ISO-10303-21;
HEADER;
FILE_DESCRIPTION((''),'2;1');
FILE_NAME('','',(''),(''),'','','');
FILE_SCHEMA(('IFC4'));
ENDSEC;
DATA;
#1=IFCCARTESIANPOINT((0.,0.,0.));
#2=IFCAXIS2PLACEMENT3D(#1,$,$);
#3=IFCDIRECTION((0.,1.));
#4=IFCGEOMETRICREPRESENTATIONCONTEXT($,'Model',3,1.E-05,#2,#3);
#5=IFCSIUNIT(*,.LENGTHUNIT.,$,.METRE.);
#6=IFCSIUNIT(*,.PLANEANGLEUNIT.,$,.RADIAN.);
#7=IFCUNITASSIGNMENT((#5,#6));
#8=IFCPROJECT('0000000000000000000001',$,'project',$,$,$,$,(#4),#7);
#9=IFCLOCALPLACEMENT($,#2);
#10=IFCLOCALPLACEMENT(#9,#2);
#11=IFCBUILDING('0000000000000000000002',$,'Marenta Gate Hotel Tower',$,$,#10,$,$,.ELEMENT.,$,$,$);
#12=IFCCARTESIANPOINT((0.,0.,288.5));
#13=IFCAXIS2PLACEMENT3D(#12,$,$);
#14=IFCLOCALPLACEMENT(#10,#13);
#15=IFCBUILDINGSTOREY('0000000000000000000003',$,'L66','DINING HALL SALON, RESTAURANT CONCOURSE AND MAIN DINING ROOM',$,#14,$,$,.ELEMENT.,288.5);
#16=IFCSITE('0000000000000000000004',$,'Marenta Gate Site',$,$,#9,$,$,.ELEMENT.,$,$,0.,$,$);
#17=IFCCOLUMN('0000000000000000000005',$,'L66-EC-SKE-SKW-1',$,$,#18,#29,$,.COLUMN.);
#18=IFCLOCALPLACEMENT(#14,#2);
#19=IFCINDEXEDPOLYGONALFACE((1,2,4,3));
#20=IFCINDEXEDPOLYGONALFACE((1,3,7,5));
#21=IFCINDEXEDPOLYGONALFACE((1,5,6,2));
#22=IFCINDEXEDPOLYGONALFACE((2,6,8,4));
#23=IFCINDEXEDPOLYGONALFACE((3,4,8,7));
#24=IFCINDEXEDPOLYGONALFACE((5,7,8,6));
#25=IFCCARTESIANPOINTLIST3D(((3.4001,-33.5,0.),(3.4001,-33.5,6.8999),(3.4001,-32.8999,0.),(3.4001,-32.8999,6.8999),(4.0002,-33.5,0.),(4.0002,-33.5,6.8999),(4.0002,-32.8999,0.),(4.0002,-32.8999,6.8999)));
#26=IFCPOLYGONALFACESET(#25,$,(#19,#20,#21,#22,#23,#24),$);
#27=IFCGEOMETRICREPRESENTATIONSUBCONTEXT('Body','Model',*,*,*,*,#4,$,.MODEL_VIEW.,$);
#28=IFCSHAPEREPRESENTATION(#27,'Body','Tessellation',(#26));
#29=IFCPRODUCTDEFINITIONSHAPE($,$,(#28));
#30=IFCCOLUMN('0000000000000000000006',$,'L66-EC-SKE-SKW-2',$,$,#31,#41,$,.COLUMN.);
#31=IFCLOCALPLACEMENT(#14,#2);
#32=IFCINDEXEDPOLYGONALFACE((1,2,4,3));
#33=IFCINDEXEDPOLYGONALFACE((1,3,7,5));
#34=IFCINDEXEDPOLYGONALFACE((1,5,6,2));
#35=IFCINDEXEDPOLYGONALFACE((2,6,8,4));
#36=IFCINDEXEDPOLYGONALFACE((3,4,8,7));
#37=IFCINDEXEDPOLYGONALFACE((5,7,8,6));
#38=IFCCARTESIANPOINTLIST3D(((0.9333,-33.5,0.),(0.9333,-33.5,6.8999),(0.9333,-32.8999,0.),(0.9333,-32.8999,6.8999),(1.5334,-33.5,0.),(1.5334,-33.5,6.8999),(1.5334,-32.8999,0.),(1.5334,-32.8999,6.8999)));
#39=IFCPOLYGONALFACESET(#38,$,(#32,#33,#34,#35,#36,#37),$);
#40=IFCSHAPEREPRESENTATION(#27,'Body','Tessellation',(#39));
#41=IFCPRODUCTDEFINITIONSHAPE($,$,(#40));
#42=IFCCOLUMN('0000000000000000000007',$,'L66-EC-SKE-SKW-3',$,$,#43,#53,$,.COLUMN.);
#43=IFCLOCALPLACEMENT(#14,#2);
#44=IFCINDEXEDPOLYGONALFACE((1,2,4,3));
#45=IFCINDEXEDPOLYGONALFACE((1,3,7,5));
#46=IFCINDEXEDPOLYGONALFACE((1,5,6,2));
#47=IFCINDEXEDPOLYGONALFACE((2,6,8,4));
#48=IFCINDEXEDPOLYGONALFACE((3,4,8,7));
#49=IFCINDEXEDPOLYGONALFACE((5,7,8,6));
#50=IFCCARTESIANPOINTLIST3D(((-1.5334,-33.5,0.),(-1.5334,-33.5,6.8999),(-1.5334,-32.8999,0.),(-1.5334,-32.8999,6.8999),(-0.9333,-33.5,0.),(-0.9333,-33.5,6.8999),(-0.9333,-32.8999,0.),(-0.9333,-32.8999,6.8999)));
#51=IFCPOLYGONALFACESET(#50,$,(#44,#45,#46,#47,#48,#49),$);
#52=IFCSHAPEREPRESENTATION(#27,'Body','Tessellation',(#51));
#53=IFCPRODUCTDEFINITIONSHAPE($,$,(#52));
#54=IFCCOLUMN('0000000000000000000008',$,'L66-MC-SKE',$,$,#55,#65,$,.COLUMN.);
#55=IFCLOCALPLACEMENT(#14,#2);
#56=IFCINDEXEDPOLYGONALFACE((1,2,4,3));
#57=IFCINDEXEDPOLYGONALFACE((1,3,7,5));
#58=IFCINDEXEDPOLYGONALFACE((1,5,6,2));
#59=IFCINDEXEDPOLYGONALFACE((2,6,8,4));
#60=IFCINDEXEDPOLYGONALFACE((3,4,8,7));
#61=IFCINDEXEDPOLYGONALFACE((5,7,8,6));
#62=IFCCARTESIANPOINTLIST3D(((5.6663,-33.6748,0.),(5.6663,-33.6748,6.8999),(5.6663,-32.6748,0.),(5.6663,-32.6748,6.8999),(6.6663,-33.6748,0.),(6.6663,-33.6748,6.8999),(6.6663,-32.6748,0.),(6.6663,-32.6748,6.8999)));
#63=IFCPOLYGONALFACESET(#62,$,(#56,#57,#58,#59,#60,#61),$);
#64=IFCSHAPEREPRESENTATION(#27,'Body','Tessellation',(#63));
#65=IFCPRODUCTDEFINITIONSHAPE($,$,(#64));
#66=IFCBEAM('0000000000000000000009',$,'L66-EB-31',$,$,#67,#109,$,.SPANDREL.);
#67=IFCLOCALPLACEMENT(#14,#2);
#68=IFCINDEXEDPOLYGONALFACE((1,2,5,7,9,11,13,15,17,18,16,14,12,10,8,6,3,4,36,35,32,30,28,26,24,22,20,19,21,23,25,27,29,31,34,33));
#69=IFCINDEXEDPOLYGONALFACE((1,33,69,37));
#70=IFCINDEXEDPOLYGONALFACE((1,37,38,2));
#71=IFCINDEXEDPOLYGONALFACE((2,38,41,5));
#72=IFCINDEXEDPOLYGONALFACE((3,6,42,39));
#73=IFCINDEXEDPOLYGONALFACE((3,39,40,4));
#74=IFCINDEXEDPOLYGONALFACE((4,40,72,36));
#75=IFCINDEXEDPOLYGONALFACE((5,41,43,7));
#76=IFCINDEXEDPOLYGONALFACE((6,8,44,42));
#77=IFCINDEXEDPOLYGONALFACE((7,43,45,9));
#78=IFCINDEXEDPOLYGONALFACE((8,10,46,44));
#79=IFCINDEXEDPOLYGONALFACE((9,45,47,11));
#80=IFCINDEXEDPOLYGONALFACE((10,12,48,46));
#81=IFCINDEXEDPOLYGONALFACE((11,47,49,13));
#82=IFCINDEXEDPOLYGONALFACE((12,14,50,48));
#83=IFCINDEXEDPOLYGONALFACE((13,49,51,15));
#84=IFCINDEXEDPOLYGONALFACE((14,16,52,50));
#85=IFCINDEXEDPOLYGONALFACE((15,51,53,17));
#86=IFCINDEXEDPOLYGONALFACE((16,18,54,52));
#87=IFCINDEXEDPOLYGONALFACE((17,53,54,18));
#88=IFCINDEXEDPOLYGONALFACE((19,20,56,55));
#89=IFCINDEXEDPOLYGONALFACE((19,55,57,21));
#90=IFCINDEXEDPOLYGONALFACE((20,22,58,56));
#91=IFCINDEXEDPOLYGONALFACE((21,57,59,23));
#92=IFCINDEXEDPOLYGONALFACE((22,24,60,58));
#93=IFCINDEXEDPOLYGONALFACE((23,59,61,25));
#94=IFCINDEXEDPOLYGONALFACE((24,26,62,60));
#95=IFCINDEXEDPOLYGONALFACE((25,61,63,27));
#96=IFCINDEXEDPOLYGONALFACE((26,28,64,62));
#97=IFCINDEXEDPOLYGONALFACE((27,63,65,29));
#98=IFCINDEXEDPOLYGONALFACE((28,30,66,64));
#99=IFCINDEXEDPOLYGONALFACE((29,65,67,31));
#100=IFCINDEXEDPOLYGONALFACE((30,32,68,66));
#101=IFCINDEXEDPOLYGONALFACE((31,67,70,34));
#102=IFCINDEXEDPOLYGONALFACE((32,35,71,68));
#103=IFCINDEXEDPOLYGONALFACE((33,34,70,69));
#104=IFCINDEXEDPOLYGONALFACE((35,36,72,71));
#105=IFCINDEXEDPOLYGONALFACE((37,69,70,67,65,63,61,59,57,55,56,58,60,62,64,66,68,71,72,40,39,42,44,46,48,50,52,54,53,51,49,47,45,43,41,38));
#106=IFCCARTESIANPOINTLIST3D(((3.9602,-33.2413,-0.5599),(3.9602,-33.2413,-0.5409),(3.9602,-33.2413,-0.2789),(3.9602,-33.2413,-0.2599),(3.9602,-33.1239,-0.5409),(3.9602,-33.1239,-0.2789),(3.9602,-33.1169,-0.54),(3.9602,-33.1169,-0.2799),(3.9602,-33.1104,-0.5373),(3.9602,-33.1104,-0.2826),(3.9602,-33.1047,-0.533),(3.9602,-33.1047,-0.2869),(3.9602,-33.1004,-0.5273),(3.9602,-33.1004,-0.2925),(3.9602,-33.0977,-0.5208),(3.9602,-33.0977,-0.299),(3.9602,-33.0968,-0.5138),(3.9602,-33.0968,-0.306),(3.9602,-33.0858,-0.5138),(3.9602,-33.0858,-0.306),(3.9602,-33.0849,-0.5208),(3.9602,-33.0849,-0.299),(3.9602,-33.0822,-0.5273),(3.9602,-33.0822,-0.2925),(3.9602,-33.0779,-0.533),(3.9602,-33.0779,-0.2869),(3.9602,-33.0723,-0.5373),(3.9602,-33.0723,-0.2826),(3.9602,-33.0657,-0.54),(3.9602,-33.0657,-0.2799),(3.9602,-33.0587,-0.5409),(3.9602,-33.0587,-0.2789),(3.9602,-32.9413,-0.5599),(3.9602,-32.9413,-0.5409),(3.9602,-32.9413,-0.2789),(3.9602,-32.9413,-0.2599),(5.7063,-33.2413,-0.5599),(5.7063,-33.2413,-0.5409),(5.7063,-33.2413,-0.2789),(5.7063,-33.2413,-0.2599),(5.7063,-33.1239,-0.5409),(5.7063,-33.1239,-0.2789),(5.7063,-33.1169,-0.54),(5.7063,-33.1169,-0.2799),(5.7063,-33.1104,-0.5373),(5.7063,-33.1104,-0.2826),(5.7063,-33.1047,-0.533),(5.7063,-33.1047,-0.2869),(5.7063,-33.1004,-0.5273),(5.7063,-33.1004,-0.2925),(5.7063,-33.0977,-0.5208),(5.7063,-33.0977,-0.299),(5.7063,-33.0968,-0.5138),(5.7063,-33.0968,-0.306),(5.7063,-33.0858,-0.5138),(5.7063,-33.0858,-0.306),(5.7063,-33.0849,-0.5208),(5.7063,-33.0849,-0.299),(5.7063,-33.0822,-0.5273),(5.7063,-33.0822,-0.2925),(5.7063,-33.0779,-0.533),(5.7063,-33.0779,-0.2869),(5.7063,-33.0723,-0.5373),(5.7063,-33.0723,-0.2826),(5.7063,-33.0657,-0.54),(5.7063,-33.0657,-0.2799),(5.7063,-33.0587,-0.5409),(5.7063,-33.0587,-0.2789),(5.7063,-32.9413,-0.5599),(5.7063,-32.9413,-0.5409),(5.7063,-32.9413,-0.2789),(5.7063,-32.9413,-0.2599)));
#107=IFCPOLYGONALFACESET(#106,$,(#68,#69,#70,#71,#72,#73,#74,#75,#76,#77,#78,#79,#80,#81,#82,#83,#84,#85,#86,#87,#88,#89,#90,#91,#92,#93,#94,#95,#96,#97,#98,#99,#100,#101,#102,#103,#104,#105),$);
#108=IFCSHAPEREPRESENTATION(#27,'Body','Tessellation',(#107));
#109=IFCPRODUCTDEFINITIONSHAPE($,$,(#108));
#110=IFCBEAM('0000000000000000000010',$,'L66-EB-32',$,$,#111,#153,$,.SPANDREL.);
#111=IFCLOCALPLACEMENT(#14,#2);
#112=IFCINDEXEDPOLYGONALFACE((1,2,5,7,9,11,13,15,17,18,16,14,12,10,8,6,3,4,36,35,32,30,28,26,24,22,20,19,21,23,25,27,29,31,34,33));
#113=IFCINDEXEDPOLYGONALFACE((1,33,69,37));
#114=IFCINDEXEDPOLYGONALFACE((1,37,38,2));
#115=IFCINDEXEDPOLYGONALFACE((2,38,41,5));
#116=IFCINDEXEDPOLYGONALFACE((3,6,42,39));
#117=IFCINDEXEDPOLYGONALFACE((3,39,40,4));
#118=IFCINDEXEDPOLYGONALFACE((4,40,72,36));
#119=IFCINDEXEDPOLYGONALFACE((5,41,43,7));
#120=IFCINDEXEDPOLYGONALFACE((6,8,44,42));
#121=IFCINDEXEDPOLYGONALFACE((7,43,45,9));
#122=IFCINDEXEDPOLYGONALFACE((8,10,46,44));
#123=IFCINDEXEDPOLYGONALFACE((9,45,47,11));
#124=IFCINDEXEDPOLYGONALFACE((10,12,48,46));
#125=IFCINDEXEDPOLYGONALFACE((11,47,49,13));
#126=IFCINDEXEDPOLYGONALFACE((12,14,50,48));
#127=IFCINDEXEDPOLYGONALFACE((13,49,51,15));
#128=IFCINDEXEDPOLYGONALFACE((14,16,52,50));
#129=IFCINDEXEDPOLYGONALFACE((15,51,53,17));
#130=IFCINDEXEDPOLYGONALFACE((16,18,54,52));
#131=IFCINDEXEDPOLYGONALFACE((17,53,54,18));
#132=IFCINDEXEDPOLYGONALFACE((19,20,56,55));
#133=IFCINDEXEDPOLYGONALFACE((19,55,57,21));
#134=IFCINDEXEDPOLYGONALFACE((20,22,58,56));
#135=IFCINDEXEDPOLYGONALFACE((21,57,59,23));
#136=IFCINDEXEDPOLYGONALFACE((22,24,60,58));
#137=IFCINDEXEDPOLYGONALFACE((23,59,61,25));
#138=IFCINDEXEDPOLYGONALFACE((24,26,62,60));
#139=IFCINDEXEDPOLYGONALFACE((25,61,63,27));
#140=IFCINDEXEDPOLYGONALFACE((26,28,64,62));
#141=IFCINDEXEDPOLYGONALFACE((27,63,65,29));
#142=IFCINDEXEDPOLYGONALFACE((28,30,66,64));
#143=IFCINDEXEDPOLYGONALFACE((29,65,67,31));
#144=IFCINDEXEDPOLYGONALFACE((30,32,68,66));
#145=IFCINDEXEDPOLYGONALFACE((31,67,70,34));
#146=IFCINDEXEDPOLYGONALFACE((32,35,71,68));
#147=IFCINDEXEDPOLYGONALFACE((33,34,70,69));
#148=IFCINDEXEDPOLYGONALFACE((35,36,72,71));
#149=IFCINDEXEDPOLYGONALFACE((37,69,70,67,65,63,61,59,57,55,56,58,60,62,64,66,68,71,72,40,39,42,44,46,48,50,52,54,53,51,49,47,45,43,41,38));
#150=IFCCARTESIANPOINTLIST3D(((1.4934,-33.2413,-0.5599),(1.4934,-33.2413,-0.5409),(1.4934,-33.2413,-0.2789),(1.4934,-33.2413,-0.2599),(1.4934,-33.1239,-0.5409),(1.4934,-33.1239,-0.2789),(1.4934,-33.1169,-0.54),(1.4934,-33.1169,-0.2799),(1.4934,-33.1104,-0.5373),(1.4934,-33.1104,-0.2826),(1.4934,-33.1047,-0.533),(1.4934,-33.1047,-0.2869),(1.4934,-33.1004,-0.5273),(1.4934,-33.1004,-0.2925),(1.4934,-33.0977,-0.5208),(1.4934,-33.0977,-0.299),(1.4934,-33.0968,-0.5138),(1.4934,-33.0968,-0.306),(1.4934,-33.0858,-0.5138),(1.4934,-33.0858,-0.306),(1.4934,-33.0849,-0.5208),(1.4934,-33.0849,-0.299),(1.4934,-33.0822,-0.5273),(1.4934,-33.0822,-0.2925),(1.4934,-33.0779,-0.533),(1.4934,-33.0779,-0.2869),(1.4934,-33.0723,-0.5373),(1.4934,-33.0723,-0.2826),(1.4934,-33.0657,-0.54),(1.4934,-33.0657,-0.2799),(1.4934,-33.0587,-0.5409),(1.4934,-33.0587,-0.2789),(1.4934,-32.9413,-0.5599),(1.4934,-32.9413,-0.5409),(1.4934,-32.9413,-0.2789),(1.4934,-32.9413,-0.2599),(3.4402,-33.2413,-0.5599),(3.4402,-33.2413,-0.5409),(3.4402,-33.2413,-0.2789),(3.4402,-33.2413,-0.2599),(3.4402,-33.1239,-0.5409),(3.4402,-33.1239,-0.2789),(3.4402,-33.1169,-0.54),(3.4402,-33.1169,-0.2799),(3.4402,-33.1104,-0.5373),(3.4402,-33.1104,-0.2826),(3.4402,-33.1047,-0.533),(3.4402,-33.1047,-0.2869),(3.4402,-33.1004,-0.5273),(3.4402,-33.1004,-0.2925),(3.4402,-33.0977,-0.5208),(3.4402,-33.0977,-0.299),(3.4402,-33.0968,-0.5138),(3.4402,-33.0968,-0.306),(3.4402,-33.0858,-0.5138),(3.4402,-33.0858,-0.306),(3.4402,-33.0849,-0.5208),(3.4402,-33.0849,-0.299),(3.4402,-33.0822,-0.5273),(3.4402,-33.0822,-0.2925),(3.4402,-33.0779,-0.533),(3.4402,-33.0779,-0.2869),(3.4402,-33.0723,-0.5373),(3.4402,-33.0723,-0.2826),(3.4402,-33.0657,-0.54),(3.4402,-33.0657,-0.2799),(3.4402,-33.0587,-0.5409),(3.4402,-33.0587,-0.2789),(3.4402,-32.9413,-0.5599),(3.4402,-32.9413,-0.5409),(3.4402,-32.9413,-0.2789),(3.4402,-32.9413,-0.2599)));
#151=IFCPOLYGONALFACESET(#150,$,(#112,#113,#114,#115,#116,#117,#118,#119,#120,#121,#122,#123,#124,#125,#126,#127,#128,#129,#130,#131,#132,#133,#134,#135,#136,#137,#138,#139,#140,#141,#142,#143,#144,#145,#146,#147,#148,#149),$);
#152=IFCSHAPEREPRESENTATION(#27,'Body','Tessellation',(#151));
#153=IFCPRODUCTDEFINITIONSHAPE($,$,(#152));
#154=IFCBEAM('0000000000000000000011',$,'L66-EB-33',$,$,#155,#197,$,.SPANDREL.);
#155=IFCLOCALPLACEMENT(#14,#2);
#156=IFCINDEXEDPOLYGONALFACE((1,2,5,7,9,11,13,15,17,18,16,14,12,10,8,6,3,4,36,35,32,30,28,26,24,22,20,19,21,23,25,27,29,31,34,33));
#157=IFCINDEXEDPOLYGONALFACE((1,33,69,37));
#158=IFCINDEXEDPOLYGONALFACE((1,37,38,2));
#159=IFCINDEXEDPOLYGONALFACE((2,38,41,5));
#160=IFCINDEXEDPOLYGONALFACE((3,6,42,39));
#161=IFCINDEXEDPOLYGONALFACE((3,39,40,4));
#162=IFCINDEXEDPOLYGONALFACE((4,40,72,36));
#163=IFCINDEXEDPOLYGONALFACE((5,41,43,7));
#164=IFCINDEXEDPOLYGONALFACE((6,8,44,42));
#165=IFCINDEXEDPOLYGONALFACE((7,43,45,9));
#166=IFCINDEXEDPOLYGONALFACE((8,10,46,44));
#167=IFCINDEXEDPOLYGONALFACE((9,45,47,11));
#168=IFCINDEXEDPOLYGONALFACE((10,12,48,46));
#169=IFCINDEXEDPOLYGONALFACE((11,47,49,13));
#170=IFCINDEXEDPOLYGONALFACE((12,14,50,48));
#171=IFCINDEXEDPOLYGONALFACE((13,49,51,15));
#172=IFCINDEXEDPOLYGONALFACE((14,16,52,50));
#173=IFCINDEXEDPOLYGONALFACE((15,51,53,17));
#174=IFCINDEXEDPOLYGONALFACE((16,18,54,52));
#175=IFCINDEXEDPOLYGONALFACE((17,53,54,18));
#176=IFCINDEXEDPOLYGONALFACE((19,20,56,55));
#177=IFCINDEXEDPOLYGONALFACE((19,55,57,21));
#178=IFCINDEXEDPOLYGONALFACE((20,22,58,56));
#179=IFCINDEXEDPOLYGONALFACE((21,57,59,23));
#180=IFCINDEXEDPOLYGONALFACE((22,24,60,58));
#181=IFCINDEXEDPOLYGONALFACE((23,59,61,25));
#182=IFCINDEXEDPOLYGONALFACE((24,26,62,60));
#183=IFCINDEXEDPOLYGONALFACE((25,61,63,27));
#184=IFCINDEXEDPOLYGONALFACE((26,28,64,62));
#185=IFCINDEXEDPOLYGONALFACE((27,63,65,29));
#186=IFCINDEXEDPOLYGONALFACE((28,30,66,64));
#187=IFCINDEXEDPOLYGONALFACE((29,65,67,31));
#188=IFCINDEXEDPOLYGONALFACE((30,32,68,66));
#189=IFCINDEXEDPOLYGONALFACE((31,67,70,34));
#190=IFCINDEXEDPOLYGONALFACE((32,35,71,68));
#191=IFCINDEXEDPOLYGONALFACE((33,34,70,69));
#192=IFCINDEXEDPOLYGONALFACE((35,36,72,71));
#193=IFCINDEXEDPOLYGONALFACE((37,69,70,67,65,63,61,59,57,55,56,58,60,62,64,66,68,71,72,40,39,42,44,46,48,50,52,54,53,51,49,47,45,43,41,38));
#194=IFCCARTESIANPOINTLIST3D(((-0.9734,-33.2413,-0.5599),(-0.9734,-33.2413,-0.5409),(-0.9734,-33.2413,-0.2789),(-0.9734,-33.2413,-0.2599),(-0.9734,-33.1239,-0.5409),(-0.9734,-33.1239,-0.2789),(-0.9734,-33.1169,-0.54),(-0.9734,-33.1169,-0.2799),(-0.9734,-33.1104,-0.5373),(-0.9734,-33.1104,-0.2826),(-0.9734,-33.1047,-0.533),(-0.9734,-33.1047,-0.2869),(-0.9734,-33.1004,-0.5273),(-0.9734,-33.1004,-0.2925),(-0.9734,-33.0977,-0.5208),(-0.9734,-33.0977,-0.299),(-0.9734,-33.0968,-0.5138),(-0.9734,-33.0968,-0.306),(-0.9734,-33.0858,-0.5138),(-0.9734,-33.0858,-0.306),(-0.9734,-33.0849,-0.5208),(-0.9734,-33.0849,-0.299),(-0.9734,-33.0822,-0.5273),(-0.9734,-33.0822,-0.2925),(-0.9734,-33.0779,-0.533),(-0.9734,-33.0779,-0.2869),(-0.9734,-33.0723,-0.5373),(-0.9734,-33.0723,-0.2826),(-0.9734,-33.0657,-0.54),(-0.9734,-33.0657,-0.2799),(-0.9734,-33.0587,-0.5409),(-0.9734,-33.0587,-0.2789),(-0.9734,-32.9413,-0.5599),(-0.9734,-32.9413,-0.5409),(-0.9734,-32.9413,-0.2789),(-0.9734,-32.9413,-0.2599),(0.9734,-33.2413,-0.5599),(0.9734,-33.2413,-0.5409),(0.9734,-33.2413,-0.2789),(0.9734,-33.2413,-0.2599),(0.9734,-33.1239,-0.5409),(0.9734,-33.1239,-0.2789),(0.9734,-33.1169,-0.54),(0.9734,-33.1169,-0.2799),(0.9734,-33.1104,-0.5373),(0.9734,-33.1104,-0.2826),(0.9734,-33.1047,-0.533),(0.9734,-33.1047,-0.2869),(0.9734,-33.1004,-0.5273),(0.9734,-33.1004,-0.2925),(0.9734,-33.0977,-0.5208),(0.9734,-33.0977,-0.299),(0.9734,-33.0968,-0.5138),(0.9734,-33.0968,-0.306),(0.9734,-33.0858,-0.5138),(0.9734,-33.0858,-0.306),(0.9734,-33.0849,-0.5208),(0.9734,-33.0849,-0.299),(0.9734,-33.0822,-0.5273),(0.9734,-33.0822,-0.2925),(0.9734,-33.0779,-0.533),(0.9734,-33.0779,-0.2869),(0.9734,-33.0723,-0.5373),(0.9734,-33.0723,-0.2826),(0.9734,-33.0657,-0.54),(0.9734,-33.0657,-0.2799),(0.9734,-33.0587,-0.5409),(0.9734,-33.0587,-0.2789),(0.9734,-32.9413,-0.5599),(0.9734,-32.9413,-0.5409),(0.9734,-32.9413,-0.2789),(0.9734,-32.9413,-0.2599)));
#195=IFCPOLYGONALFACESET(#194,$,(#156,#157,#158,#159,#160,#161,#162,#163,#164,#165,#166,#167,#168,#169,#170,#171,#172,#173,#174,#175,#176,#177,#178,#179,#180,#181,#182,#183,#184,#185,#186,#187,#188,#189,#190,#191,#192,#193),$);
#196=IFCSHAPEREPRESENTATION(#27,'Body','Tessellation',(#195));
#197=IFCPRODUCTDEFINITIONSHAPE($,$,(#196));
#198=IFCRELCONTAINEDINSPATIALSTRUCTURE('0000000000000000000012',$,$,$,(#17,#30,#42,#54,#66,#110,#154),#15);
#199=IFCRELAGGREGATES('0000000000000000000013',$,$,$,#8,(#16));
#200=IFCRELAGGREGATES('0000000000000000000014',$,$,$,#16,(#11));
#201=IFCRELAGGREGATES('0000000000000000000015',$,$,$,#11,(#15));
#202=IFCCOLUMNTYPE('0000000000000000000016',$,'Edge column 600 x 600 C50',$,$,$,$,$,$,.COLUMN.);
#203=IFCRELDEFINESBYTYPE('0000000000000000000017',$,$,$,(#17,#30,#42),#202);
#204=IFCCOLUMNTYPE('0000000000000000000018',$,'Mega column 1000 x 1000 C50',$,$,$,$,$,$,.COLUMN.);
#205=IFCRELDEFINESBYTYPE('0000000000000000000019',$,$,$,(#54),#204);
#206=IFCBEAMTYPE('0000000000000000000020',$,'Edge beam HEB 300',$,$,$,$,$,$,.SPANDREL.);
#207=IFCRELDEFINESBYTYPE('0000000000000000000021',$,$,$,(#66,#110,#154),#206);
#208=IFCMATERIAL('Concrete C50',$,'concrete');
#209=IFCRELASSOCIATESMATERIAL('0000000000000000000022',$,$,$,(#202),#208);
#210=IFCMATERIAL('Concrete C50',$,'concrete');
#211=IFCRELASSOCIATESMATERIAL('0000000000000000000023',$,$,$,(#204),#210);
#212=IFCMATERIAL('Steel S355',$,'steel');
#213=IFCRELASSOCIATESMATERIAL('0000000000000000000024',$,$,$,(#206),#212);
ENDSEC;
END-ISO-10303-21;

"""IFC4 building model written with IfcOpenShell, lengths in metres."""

from ifc_helpers import new_model, si_unit, direction, frame, origin, origin_2d, place, context, subcontext, project, spatial, rectangle, i_section, extrude, material, material_profile, profile_set, type_object, element, save


model = new_model("IFC4")

# Units and contexts
model_context = context("Model", 3, precision=1e-05, world=origin(), true_north=direction((0.0, 1.0)))
body_context = subcontext(model_context, "Body", "Model", "MODEL_VIEW")
ifc_project = project(units=[si_unit("LENGTHUNIT", "METRE"), si_unit("PLANEANGLEUNIT", "RADIAN")], contexts=[model_context])

# Site, building, storey
site_placement = place(None, origin())
site = spatial("IfcSite", under=ifc_project, at=site_placement, Name="Marenta Gate Site", CompositionType="ELEMENT", RefElevation=0.0)
building_placement = place(site_placement, origin())
building = spatial("IfcBuilding", under=site, at=building_placement, Name="Marenta Gate Hotel Tower", CompositionType="ELEMENT")
storey_placement = place(building_placement, frame((0.0, 0.0, 288.5)))
storey = spatial("IfcBuildingStorey", under=building, at=storey_placement, Name="L66", Description="DINING HALL SALON, RESTAURANT CONCOURSE AND MAIN DINING ROOM", CompositionType="ELEMENT", Elevation=288.5)

# Columns
ifc_material_1 = material(Name="Concrete C50", Category="concrete")
ifc_material_profile_1 = material_profile(ifc_material_1, rectangle(XDim=0.6001, YDim=0.6001, at=origin_2d()), Name="600 x 600")
ifc_profile_set_1 = profile_set([ifc_material_profile_1], Name="Concrete C50")
column_type_1 = type_object("IfcColumnType", Name="Edge column 600 x 600 C50", PredefinedType="COLUMN", material=ifc_profile_set_1)
for number, where, z_axis, x_axis, name in (
    (1, (3.7002, -33.2, 0.0), (0.0, 0.0, 1.0), (1.0, 0.0, 0.0), "L66-EC-SKE-SKW-1"),
    (2, (1.2334, -33.2, 0.0), (0.0, 0.0, 1.0), (1.0, 0.0, 0.0), "L66-EC-SKE-SKW-2"),
    (3, (-1.2334, -33.2, 0.0), (0.0, 0.0, 1.0), (1.0, 0.0, 0.0), "L66-EC-SKE-SKW-3"),
):
    element("IfcColumn", number, at=place(storey_placement, frame(where, z_axis=z_axis, x_axis=x_axis)), inside=storey, type_object=column_type_1, Name=name, PredefinedType="COLUMN", context=body_context, shape_type="SweptSolid", body=[
        extrude(rectangle(XDim=0.6001, YDim=0.6001, at=origin_2d()), origin(), (0.0, 0.0, 1.0), 6.8999),
    ])
ifc_material_2 = material(Name="Concrete C50", Category="concrete")
ifc_material_profile_2 = material_profile(ifc_material_2, rectangle(XDim=1.0, YDim=1.0, at=origin_2d()), Name="1000 x 1000")
ifc_profile_set_2 = profile_set([ifc_material_profile_2], Name="Concrete C50")
column_type_2 = type_object("IfcColumnType", Name="Mega column 1000 x 1000 C50", PredefinedType="COLUMN", material=ifc_profile_set_2)
column_placement = place(storey_placement, frame((6.1663, -33.1748, 0.0), z_axis=(0.0, 0.0, 1.0), x_axis=(1.0, 0.0, 0.0)))
element("IfcColumn", 4, at=column_placement, inside=storey, type_object=column_type_2, Name="L66-MC-SKE", PredefinedType="COLUMN", context=body_context, shape_type="SweptSolid", body=[
    extrude(rectangle(XDim=1.0, YDim=1.0, at=origin_2d()), origin(), (0.0, 0.0, 1.0), 6.8999),
])

# Beams
ifc_material_3 = material(Name="Steel S355", Category="steel")
ifc_material_profile_3 = material_profile(ifc_material_3, i_section(OverallWidth=0.3, OverallDepth=0.3, WebThickness=0.011, FlangeThickness=0.019, FilletRadius=0.0271, at=origin_2d()), Name="HEB 300")
ifc_profile_set_3 = profile_set([ifc_material_profile_3], Name="Steel S355")
beam_type = type_object("IfcBeamType", Name="Edge beam HEB 300", PredefinedType="SPANDREL", material=ifc_profile_set_3)
beam_placement = place(storey_placement, frame((5.7063, -33.0913, -0.4099), z_axis=(-1.0, 0.0, 0.0), x_axis=(0.0, -1.0, 0.0)))
element("IfcBeam", 5, at=beam_placement, inside=storey, type_object=beam_type, Name="L66-EB-31", PredefinedType="SPANDREL", context=body_context, shape_type="SweptSolid", body=[
    extrude(i_section(OverallWidth=0.3, OverallDepth=0.3, WebThickness=0.011, FlangeThickness=0.019, FilletRadius=0.0271, at=origin_2d()), origin(), (0.0, 0.0, 1.0), 1.7461),
])
for number, where, z_axis, x_axis, name in (
    (6, (3.4402, -33.0913, -0.4099), (-1.0, 0.0, 0.0), (0.0, -1.0, 0.0), "L66-EB-32"),
    (7, (0.9734, -33.0913, -0.4099), (-1.0, 0.0, 0.0), (0.0, -1.0, 0.0), "L66-EB-33"),
):
    element("IfcBeam", number, at=place(storey_placement, frame(where, z_axis=z_axis, x_axis=x_axis)), inside=storey, type_object=beam_type, Name=name, PredefinedType="SPANDREL", context=body_context, shape_type="SweptSolid", body=[
        extrude(i_section(OverallWidth=0.3, OverallDepth=0.3, WebThickness=0.011, FlangeThickness=0.019, FilletRadius=0.0271, at=origin_2d()), origin(), (0.0, 0.0, 1.0), 1.9468),
    ])

save(model, "model.ifc")
